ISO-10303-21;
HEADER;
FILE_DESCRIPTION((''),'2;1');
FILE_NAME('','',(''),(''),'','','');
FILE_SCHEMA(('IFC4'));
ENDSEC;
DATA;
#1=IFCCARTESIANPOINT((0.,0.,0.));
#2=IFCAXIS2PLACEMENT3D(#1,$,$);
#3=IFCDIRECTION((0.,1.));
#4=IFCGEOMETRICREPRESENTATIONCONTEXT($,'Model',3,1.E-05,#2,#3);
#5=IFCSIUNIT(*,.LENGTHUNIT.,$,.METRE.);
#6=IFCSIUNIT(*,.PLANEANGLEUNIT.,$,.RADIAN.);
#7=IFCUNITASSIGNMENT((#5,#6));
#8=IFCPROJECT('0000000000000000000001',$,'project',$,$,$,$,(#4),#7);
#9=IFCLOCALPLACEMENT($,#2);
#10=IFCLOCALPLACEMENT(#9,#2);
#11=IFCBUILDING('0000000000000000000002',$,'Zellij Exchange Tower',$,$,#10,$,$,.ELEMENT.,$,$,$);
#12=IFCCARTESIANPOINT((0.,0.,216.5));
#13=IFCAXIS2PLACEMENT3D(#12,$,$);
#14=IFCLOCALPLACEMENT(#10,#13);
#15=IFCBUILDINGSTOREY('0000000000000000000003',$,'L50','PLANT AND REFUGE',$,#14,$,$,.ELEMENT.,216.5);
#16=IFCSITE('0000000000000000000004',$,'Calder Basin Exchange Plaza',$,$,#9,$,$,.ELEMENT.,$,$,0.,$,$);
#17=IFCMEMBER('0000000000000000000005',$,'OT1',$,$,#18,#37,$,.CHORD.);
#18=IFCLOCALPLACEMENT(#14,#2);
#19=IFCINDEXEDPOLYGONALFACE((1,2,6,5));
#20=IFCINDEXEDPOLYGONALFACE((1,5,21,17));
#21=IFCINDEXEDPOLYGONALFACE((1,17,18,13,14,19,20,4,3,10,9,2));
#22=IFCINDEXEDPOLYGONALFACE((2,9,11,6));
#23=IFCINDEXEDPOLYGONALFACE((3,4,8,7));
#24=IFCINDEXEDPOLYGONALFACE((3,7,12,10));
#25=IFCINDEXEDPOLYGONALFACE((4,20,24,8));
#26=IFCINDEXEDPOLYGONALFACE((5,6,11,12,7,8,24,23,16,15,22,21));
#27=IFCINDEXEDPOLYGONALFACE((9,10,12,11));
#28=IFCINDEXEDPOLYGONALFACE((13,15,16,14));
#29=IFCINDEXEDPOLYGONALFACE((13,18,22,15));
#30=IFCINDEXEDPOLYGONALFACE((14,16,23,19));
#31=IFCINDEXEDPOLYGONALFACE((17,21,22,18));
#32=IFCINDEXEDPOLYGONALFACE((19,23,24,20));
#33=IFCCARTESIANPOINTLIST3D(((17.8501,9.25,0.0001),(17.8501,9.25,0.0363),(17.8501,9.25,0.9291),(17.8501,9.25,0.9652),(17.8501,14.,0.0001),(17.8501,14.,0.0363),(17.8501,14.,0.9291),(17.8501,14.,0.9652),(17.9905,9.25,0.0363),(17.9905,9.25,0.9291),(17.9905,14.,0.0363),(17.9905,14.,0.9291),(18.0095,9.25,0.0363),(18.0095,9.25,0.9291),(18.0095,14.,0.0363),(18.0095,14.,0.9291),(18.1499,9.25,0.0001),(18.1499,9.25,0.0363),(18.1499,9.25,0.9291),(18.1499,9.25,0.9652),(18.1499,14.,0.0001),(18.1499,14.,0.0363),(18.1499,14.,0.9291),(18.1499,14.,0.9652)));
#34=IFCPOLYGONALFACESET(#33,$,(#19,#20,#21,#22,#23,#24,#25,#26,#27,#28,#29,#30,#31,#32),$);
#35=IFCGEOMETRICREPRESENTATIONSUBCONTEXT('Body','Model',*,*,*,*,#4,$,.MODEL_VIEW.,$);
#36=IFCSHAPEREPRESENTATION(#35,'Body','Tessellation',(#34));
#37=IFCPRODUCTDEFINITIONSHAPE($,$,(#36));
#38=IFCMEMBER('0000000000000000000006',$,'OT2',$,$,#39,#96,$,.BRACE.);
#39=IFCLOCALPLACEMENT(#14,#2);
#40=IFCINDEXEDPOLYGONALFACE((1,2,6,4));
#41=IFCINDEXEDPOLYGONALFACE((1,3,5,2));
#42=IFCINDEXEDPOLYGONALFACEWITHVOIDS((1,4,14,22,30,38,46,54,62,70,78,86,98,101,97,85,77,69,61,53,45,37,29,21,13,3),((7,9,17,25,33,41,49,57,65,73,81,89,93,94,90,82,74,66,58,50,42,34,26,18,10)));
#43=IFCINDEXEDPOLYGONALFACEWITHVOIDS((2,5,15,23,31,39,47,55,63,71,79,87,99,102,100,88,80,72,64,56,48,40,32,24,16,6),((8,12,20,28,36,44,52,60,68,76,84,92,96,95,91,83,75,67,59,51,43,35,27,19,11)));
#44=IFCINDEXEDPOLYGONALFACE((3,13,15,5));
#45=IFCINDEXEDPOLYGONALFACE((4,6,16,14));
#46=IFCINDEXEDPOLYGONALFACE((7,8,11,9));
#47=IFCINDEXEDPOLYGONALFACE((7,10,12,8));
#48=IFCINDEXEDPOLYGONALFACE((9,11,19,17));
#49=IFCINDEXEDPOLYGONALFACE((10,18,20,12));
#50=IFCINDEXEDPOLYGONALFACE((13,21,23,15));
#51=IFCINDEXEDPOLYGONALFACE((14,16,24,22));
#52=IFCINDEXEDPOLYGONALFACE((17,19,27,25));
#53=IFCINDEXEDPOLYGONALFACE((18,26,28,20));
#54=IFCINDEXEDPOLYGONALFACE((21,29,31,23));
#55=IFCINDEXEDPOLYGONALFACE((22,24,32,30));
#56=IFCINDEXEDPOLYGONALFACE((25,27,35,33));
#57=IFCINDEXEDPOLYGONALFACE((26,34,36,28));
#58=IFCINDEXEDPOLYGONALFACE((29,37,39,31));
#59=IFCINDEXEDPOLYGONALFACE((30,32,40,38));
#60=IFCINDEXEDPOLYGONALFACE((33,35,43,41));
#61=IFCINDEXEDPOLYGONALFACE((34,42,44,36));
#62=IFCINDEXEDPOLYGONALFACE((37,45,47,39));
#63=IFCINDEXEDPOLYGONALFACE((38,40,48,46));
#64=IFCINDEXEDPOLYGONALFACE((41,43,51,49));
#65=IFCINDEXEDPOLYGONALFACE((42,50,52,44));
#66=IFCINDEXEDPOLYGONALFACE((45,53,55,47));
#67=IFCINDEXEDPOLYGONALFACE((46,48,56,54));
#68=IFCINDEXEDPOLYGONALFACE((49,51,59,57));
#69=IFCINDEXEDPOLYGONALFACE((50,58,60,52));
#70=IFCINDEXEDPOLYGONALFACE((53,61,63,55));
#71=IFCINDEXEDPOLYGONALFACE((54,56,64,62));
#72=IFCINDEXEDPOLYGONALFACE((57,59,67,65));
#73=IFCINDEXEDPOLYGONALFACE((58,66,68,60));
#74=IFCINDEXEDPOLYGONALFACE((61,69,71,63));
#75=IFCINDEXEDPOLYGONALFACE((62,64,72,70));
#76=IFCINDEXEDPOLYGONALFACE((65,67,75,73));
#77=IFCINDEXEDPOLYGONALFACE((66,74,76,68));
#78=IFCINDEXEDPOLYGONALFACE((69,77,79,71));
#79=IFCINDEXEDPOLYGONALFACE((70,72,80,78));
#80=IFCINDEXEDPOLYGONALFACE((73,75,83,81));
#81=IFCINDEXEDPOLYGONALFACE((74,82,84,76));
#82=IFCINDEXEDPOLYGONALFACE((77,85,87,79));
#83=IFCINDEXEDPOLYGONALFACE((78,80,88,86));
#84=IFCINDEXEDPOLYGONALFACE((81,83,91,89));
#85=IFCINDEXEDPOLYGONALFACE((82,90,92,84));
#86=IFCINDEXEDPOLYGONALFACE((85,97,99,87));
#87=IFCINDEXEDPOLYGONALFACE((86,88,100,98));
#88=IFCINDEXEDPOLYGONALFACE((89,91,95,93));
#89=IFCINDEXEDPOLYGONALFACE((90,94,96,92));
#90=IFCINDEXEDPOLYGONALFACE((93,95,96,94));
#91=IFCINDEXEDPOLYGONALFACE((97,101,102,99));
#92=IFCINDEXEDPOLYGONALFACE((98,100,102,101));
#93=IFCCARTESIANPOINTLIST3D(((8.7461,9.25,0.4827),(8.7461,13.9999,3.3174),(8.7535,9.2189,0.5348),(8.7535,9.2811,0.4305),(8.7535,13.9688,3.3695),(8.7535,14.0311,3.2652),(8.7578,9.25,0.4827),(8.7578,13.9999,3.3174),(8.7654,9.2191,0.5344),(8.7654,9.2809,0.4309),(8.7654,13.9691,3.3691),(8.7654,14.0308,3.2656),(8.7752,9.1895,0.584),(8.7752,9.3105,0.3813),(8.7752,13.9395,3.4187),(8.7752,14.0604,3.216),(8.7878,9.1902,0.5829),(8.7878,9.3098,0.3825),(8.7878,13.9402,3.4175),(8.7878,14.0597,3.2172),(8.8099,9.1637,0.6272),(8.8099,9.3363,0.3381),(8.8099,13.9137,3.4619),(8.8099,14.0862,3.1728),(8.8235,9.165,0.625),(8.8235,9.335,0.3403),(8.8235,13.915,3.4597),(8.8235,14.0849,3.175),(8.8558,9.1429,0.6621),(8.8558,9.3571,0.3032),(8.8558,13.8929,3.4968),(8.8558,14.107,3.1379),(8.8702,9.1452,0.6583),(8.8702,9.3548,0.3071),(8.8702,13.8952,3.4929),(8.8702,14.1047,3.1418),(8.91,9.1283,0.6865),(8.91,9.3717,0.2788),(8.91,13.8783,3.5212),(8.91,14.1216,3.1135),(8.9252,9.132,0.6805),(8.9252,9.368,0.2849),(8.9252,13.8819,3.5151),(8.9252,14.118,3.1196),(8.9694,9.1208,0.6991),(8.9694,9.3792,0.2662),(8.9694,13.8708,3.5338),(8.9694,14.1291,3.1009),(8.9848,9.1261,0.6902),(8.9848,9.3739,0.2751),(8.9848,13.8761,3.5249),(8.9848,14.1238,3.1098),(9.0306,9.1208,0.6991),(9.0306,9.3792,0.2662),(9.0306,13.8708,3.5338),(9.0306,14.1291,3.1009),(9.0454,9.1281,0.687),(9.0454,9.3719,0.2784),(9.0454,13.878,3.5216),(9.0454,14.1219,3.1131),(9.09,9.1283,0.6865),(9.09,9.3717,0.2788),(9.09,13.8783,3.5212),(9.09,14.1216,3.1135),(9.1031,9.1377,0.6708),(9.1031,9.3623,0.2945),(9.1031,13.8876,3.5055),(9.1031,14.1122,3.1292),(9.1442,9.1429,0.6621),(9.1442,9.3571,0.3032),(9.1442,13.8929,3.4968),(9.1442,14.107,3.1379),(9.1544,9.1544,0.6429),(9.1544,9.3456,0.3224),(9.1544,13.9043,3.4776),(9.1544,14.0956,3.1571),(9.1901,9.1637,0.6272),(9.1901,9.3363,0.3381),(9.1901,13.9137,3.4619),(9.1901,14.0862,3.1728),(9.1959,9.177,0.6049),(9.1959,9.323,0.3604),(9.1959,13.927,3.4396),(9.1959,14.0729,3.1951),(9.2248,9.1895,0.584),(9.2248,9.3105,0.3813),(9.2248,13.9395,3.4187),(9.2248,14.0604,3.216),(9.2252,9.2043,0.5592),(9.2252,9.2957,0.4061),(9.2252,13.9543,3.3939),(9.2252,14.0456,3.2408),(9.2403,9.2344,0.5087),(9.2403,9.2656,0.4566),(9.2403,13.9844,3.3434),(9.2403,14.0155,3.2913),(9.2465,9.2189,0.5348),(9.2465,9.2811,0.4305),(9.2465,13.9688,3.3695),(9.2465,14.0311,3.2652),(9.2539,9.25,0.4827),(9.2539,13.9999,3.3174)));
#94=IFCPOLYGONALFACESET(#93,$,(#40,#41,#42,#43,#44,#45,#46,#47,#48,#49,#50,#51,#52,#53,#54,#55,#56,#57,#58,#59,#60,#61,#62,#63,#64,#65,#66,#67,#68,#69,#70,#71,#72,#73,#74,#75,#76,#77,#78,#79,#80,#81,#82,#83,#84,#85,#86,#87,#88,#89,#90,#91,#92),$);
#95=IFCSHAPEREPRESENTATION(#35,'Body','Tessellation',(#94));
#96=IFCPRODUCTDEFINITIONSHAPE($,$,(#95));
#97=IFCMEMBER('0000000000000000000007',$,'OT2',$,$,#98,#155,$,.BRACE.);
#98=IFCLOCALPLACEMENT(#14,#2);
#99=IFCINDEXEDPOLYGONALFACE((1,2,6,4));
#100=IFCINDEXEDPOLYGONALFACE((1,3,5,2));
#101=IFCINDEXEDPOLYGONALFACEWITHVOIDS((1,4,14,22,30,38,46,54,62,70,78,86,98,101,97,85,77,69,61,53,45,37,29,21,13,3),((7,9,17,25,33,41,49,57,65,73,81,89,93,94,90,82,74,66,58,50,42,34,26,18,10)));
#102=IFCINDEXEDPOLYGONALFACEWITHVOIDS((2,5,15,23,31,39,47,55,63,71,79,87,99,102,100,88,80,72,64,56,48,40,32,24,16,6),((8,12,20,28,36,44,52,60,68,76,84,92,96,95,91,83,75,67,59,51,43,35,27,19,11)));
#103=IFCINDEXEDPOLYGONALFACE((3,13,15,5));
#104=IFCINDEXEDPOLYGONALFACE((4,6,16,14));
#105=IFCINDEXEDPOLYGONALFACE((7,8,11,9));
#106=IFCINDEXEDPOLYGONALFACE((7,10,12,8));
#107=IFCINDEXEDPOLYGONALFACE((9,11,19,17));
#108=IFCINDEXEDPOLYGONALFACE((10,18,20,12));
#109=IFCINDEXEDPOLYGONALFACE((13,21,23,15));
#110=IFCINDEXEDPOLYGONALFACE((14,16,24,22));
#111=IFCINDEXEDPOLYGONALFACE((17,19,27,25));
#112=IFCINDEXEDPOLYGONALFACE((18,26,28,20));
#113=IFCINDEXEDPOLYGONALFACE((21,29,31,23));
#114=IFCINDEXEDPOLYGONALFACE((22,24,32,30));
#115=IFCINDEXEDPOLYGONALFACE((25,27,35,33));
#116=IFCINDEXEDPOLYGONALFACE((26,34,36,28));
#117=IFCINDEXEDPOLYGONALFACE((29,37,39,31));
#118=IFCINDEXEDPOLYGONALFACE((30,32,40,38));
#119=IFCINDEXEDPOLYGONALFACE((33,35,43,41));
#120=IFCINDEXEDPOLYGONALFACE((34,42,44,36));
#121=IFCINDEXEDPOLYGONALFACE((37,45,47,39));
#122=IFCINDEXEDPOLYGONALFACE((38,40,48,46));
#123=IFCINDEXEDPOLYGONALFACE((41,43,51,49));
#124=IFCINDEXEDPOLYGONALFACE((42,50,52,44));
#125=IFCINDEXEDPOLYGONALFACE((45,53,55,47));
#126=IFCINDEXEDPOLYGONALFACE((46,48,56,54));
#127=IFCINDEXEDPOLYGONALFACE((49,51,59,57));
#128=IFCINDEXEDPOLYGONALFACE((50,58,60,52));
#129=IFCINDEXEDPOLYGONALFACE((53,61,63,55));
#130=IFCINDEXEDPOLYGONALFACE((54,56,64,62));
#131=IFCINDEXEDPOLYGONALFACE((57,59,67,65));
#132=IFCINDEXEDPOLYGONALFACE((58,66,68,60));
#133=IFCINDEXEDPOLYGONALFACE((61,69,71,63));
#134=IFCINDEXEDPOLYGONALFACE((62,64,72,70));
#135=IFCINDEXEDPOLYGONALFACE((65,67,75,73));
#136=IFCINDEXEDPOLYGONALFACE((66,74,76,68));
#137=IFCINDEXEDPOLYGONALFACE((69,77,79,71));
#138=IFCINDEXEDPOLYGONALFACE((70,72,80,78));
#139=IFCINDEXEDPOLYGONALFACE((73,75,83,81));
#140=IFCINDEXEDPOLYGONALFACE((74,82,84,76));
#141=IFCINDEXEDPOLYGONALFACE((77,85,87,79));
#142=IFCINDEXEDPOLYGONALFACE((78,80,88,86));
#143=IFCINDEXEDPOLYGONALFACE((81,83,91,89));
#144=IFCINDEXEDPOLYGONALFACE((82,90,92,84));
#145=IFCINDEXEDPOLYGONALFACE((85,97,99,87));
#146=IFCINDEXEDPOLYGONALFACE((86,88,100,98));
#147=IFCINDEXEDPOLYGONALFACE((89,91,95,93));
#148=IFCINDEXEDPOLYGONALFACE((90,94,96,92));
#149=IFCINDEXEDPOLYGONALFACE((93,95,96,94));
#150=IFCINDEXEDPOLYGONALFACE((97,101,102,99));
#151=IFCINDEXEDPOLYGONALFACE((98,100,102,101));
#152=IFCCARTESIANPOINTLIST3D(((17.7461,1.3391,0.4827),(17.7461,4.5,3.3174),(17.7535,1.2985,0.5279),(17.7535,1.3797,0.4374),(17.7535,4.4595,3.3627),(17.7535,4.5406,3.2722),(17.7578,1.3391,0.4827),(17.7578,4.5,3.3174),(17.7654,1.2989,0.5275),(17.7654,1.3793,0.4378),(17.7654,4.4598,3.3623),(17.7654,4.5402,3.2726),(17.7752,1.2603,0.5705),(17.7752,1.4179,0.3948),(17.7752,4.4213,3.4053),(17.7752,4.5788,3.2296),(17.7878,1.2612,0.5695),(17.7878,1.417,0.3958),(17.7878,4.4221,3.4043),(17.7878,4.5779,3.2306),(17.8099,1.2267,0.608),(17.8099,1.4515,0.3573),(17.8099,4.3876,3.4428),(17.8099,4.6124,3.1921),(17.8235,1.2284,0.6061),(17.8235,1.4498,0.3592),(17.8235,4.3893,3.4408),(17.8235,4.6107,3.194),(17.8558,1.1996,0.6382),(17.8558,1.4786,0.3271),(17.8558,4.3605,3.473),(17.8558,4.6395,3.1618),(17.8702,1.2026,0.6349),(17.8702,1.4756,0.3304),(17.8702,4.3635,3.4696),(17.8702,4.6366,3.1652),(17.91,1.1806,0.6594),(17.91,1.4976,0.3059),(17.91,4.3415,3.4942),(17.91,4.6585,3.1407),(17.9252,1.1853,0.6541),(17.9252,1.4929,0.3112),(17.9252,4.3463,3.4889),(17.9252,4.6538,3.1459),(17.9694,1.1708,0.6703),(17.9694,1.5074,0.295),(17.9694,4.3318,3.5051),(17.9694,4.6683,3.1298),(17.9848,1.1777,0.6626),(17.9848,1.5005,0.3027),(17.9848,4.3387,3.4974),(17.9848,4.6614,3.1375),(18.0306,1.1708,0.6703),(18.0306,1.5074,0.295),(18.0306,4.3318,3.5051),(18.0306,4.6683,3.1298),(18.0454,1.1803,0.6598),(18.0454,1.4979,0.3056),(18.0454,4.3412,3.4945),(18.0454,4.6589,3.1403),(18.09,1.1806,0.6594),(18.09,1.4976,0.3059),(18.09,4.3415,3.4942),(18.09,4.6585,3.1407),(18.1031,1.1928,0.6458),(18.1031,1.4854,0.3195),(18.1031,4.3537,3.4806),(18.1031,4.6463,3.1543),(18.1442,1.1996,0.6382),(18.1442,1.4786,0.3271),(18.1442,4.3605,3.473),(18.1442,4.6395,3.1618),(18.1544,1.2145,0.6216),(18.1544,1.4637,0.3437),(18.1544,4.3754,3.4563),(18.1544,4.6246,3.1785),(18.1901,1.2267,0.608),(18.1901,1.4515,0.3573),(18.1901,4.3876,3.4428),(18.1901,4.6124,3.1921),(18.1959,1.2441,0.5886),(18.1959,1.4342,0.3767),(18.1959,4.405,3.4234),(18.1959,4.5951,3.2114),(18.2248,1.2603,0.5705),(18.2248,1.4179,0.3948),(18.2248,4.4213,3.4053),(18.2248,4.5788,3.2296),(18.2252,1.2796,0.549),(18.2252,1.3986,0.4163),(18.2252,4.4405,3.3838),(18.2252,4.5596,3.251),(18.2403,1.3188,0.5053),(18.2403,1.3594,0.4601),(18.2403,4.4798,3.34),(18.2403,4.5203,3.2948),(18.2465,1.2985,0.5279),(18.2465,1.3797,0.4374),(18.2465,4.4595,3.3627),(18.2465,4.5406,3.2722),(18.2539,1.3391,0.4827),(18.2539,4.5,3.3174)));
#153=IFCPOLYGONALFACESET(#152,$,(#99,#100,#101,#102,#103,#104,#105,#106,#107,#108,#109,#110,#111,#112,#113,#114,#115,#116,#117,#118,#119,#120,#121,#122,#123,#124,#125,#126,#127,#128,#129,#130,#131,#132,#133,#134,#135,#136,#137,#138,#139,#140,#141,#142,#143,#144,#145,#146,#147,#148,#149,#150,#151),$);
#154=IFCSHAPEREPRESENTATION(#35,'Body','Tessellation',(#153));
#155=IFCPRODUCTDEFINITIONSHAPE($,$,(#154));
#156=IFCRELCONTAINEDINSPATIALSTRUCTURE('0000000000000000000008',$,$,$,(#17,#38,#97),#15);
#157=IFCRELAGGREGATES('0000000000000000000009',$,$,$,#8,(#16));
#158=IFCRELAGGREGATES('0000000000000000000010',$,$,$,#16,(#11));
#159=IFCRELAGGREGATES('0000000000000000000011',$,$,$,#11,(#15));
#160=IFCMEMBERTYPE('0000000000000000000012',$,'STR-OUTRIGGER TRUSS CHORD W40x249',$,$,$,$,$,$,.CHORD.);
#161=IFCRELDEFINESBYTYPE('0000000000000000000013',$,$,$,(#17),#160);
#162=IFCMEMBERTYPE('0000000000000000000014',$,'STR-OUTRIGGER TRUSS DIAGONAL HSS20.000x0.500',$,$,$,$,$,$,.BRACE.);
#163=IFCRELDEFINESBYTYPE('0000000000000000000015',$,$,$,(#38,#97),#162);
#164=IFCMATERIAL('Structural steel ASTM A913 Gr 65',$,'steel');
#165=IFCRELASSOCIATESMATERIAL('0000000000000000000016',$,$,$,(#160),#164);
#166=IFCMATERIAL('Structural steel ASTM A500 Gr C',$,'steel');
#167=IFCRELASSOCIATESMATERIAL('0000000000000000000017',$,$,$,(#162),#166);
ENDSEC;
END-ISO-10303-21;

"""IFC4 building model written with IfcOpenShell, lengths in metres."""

from ifc_helpers import new_model, si_unit, direction, frame, origin, origin_2d, place, context, subcontext, project, spatial, hollow_circle, i_section, extrude, material, material_profile, profile_set, type_object, element, save


model = new_model("IFC4")

# Units and contexts
model_context = context("Model", 3, precision=1e-05, world=origin(), true_north=direction((0.0, 1.0)))
body_context = subcontext(model_context, "Body", "Model", "MODEL_VIEW")
ifc_project = project(units=[si_unit("LENGTHUNIT", "METRE"), si_unit("PLANEANGLEUNIT", "RADIAN")], contexts=[model_context])

# Site, building, storey
site_placement = place(None, origin())
site = spatial("IfcSite", under=ifc_project, at=site_placement, Name="Calder Basin Exchange Plaza", CompositionType="ELEMENT", RefElevation=0.0)
building_placement = place(site_placement, origin())
building = spatial("IfcBuilding", under=site, at=building_placement, Name="Zellij Exchange Tower", CompositionType="ELEMENT")
storey_placement = place(building_placement, frame((0.0, 0.0, 216.5)))
storey = spatial("IfcBuildingStorey", under=building, at=storey_placement, Name="L50", Description="PLANT AND REFUGE", CompositionType="ELEMENT", Elevation=216.5)

# Shared definitions
ifc_material_1 = material(Name="Structural steel ASTM A913 Gr 65", Category="steel")

# Members
ifc_material_profile_1 = material_profile(ifc_material_1, i_section(OverallWidth=0.2998, OverallDepth=0.9651, WebThickness=0.019, FlangeThickness=0.0361, at=origin_2d()), Name="W40x249")
ifc_profile_set_1 = profile_set([ifc_material_profile_1], Name="Structural steel ASTM A913 Gr 65")
member_type_1 = type_object("IfcMemberType", Name="STR-OUTRIGGER TRUSS CHORD W40x249", PredefinedType="CHORD", material=ifc_profile_set_1)
for number, where, z_axis, x_axis, name in (
    (1, (18.0, 9.25, 0.4827), (0.0, 1.0, 0.0), (-1.0, 0.0, 0.0), "OT1"),
):
    element("IfcMember", number, at=place(storey_placement, frame(where, z_axis=z_axis, x_axis=x_axis)), inside=storey, type_object=member_type_1, Name=name, PredefinedType="CHORD", context=body_context, shape_type="SweptSolid", body=[
        extrude(i_section(OverallWidth=0.2998, OverallDepth=0.9651, WebThickness=0.019, FlangeThickness=0.0361, at=origin_2d()), origin(), (0.0, 0.0, 1.0), 4.75),
    ])
ifc_material_2 = material(Name="Structural steel ASTM A500 Gr C", Category="steel")
ifc_material_profile_2 = material_profile(ifc_material_2, hollow_circle(Radius=0.2539, WallThickness=0.0117, at=origin_2d()), Name="STR-OUTRIGGER TRUSS DIAGONAL HSS20.000x0.500")
ifc_profile_set_2 = profile_set([ifc_material_profile_2], Name="Structural steel ASTM A500 Gr C")
member_type_2 = type_object("IfcMemberType", Name="STR-OUTRIGGER TRUSS DIAGONAL HSS20.000x0.500", PredefinedType="BRACE", material=ifc_profile_set_2)
member_1_placement = place(storey_placement, frame((9.0, 9.25, 0.4827), z_axis=(0.0, 0.858709, 0.512463), x_axis=(-1.0, 0.0, 0.0)))
element("IfcMember", 2, at=member_1_placement, inside=storey, type_object=member_type_2, Name="OT2", PredefinedType="BRACE", context=body_context, shape_type="SweptSolid", body=[
    extrude(hollow_circle(Radius=0.2539, WallThickness=0.0117, at=origin_2d()), origin(), (0.0, 0.0, 1.0), 5.5315),
])
member_2_placement = place(storey_placement, frame((18.0, 1.3391, 0.4827), z_axis=(0.0, 0.744474, 0.667652), x_axis=(-1.0, 0.0, 0.0)))
element("IfcMember", 3, at=member_2_placement, inside=storey, type_object=member_type_2, Name="OT2", PredefinedType="BRACE", context=body_context, shape_type="SweptSolid", body=[
    extrude(hollow_circle(Radius=0.2539, WallThickness=0.0117, at=origin_2d()), origin(), (0.0, 0.0, 1.0), 4.2458),
])

save(model, "model.ifc")
